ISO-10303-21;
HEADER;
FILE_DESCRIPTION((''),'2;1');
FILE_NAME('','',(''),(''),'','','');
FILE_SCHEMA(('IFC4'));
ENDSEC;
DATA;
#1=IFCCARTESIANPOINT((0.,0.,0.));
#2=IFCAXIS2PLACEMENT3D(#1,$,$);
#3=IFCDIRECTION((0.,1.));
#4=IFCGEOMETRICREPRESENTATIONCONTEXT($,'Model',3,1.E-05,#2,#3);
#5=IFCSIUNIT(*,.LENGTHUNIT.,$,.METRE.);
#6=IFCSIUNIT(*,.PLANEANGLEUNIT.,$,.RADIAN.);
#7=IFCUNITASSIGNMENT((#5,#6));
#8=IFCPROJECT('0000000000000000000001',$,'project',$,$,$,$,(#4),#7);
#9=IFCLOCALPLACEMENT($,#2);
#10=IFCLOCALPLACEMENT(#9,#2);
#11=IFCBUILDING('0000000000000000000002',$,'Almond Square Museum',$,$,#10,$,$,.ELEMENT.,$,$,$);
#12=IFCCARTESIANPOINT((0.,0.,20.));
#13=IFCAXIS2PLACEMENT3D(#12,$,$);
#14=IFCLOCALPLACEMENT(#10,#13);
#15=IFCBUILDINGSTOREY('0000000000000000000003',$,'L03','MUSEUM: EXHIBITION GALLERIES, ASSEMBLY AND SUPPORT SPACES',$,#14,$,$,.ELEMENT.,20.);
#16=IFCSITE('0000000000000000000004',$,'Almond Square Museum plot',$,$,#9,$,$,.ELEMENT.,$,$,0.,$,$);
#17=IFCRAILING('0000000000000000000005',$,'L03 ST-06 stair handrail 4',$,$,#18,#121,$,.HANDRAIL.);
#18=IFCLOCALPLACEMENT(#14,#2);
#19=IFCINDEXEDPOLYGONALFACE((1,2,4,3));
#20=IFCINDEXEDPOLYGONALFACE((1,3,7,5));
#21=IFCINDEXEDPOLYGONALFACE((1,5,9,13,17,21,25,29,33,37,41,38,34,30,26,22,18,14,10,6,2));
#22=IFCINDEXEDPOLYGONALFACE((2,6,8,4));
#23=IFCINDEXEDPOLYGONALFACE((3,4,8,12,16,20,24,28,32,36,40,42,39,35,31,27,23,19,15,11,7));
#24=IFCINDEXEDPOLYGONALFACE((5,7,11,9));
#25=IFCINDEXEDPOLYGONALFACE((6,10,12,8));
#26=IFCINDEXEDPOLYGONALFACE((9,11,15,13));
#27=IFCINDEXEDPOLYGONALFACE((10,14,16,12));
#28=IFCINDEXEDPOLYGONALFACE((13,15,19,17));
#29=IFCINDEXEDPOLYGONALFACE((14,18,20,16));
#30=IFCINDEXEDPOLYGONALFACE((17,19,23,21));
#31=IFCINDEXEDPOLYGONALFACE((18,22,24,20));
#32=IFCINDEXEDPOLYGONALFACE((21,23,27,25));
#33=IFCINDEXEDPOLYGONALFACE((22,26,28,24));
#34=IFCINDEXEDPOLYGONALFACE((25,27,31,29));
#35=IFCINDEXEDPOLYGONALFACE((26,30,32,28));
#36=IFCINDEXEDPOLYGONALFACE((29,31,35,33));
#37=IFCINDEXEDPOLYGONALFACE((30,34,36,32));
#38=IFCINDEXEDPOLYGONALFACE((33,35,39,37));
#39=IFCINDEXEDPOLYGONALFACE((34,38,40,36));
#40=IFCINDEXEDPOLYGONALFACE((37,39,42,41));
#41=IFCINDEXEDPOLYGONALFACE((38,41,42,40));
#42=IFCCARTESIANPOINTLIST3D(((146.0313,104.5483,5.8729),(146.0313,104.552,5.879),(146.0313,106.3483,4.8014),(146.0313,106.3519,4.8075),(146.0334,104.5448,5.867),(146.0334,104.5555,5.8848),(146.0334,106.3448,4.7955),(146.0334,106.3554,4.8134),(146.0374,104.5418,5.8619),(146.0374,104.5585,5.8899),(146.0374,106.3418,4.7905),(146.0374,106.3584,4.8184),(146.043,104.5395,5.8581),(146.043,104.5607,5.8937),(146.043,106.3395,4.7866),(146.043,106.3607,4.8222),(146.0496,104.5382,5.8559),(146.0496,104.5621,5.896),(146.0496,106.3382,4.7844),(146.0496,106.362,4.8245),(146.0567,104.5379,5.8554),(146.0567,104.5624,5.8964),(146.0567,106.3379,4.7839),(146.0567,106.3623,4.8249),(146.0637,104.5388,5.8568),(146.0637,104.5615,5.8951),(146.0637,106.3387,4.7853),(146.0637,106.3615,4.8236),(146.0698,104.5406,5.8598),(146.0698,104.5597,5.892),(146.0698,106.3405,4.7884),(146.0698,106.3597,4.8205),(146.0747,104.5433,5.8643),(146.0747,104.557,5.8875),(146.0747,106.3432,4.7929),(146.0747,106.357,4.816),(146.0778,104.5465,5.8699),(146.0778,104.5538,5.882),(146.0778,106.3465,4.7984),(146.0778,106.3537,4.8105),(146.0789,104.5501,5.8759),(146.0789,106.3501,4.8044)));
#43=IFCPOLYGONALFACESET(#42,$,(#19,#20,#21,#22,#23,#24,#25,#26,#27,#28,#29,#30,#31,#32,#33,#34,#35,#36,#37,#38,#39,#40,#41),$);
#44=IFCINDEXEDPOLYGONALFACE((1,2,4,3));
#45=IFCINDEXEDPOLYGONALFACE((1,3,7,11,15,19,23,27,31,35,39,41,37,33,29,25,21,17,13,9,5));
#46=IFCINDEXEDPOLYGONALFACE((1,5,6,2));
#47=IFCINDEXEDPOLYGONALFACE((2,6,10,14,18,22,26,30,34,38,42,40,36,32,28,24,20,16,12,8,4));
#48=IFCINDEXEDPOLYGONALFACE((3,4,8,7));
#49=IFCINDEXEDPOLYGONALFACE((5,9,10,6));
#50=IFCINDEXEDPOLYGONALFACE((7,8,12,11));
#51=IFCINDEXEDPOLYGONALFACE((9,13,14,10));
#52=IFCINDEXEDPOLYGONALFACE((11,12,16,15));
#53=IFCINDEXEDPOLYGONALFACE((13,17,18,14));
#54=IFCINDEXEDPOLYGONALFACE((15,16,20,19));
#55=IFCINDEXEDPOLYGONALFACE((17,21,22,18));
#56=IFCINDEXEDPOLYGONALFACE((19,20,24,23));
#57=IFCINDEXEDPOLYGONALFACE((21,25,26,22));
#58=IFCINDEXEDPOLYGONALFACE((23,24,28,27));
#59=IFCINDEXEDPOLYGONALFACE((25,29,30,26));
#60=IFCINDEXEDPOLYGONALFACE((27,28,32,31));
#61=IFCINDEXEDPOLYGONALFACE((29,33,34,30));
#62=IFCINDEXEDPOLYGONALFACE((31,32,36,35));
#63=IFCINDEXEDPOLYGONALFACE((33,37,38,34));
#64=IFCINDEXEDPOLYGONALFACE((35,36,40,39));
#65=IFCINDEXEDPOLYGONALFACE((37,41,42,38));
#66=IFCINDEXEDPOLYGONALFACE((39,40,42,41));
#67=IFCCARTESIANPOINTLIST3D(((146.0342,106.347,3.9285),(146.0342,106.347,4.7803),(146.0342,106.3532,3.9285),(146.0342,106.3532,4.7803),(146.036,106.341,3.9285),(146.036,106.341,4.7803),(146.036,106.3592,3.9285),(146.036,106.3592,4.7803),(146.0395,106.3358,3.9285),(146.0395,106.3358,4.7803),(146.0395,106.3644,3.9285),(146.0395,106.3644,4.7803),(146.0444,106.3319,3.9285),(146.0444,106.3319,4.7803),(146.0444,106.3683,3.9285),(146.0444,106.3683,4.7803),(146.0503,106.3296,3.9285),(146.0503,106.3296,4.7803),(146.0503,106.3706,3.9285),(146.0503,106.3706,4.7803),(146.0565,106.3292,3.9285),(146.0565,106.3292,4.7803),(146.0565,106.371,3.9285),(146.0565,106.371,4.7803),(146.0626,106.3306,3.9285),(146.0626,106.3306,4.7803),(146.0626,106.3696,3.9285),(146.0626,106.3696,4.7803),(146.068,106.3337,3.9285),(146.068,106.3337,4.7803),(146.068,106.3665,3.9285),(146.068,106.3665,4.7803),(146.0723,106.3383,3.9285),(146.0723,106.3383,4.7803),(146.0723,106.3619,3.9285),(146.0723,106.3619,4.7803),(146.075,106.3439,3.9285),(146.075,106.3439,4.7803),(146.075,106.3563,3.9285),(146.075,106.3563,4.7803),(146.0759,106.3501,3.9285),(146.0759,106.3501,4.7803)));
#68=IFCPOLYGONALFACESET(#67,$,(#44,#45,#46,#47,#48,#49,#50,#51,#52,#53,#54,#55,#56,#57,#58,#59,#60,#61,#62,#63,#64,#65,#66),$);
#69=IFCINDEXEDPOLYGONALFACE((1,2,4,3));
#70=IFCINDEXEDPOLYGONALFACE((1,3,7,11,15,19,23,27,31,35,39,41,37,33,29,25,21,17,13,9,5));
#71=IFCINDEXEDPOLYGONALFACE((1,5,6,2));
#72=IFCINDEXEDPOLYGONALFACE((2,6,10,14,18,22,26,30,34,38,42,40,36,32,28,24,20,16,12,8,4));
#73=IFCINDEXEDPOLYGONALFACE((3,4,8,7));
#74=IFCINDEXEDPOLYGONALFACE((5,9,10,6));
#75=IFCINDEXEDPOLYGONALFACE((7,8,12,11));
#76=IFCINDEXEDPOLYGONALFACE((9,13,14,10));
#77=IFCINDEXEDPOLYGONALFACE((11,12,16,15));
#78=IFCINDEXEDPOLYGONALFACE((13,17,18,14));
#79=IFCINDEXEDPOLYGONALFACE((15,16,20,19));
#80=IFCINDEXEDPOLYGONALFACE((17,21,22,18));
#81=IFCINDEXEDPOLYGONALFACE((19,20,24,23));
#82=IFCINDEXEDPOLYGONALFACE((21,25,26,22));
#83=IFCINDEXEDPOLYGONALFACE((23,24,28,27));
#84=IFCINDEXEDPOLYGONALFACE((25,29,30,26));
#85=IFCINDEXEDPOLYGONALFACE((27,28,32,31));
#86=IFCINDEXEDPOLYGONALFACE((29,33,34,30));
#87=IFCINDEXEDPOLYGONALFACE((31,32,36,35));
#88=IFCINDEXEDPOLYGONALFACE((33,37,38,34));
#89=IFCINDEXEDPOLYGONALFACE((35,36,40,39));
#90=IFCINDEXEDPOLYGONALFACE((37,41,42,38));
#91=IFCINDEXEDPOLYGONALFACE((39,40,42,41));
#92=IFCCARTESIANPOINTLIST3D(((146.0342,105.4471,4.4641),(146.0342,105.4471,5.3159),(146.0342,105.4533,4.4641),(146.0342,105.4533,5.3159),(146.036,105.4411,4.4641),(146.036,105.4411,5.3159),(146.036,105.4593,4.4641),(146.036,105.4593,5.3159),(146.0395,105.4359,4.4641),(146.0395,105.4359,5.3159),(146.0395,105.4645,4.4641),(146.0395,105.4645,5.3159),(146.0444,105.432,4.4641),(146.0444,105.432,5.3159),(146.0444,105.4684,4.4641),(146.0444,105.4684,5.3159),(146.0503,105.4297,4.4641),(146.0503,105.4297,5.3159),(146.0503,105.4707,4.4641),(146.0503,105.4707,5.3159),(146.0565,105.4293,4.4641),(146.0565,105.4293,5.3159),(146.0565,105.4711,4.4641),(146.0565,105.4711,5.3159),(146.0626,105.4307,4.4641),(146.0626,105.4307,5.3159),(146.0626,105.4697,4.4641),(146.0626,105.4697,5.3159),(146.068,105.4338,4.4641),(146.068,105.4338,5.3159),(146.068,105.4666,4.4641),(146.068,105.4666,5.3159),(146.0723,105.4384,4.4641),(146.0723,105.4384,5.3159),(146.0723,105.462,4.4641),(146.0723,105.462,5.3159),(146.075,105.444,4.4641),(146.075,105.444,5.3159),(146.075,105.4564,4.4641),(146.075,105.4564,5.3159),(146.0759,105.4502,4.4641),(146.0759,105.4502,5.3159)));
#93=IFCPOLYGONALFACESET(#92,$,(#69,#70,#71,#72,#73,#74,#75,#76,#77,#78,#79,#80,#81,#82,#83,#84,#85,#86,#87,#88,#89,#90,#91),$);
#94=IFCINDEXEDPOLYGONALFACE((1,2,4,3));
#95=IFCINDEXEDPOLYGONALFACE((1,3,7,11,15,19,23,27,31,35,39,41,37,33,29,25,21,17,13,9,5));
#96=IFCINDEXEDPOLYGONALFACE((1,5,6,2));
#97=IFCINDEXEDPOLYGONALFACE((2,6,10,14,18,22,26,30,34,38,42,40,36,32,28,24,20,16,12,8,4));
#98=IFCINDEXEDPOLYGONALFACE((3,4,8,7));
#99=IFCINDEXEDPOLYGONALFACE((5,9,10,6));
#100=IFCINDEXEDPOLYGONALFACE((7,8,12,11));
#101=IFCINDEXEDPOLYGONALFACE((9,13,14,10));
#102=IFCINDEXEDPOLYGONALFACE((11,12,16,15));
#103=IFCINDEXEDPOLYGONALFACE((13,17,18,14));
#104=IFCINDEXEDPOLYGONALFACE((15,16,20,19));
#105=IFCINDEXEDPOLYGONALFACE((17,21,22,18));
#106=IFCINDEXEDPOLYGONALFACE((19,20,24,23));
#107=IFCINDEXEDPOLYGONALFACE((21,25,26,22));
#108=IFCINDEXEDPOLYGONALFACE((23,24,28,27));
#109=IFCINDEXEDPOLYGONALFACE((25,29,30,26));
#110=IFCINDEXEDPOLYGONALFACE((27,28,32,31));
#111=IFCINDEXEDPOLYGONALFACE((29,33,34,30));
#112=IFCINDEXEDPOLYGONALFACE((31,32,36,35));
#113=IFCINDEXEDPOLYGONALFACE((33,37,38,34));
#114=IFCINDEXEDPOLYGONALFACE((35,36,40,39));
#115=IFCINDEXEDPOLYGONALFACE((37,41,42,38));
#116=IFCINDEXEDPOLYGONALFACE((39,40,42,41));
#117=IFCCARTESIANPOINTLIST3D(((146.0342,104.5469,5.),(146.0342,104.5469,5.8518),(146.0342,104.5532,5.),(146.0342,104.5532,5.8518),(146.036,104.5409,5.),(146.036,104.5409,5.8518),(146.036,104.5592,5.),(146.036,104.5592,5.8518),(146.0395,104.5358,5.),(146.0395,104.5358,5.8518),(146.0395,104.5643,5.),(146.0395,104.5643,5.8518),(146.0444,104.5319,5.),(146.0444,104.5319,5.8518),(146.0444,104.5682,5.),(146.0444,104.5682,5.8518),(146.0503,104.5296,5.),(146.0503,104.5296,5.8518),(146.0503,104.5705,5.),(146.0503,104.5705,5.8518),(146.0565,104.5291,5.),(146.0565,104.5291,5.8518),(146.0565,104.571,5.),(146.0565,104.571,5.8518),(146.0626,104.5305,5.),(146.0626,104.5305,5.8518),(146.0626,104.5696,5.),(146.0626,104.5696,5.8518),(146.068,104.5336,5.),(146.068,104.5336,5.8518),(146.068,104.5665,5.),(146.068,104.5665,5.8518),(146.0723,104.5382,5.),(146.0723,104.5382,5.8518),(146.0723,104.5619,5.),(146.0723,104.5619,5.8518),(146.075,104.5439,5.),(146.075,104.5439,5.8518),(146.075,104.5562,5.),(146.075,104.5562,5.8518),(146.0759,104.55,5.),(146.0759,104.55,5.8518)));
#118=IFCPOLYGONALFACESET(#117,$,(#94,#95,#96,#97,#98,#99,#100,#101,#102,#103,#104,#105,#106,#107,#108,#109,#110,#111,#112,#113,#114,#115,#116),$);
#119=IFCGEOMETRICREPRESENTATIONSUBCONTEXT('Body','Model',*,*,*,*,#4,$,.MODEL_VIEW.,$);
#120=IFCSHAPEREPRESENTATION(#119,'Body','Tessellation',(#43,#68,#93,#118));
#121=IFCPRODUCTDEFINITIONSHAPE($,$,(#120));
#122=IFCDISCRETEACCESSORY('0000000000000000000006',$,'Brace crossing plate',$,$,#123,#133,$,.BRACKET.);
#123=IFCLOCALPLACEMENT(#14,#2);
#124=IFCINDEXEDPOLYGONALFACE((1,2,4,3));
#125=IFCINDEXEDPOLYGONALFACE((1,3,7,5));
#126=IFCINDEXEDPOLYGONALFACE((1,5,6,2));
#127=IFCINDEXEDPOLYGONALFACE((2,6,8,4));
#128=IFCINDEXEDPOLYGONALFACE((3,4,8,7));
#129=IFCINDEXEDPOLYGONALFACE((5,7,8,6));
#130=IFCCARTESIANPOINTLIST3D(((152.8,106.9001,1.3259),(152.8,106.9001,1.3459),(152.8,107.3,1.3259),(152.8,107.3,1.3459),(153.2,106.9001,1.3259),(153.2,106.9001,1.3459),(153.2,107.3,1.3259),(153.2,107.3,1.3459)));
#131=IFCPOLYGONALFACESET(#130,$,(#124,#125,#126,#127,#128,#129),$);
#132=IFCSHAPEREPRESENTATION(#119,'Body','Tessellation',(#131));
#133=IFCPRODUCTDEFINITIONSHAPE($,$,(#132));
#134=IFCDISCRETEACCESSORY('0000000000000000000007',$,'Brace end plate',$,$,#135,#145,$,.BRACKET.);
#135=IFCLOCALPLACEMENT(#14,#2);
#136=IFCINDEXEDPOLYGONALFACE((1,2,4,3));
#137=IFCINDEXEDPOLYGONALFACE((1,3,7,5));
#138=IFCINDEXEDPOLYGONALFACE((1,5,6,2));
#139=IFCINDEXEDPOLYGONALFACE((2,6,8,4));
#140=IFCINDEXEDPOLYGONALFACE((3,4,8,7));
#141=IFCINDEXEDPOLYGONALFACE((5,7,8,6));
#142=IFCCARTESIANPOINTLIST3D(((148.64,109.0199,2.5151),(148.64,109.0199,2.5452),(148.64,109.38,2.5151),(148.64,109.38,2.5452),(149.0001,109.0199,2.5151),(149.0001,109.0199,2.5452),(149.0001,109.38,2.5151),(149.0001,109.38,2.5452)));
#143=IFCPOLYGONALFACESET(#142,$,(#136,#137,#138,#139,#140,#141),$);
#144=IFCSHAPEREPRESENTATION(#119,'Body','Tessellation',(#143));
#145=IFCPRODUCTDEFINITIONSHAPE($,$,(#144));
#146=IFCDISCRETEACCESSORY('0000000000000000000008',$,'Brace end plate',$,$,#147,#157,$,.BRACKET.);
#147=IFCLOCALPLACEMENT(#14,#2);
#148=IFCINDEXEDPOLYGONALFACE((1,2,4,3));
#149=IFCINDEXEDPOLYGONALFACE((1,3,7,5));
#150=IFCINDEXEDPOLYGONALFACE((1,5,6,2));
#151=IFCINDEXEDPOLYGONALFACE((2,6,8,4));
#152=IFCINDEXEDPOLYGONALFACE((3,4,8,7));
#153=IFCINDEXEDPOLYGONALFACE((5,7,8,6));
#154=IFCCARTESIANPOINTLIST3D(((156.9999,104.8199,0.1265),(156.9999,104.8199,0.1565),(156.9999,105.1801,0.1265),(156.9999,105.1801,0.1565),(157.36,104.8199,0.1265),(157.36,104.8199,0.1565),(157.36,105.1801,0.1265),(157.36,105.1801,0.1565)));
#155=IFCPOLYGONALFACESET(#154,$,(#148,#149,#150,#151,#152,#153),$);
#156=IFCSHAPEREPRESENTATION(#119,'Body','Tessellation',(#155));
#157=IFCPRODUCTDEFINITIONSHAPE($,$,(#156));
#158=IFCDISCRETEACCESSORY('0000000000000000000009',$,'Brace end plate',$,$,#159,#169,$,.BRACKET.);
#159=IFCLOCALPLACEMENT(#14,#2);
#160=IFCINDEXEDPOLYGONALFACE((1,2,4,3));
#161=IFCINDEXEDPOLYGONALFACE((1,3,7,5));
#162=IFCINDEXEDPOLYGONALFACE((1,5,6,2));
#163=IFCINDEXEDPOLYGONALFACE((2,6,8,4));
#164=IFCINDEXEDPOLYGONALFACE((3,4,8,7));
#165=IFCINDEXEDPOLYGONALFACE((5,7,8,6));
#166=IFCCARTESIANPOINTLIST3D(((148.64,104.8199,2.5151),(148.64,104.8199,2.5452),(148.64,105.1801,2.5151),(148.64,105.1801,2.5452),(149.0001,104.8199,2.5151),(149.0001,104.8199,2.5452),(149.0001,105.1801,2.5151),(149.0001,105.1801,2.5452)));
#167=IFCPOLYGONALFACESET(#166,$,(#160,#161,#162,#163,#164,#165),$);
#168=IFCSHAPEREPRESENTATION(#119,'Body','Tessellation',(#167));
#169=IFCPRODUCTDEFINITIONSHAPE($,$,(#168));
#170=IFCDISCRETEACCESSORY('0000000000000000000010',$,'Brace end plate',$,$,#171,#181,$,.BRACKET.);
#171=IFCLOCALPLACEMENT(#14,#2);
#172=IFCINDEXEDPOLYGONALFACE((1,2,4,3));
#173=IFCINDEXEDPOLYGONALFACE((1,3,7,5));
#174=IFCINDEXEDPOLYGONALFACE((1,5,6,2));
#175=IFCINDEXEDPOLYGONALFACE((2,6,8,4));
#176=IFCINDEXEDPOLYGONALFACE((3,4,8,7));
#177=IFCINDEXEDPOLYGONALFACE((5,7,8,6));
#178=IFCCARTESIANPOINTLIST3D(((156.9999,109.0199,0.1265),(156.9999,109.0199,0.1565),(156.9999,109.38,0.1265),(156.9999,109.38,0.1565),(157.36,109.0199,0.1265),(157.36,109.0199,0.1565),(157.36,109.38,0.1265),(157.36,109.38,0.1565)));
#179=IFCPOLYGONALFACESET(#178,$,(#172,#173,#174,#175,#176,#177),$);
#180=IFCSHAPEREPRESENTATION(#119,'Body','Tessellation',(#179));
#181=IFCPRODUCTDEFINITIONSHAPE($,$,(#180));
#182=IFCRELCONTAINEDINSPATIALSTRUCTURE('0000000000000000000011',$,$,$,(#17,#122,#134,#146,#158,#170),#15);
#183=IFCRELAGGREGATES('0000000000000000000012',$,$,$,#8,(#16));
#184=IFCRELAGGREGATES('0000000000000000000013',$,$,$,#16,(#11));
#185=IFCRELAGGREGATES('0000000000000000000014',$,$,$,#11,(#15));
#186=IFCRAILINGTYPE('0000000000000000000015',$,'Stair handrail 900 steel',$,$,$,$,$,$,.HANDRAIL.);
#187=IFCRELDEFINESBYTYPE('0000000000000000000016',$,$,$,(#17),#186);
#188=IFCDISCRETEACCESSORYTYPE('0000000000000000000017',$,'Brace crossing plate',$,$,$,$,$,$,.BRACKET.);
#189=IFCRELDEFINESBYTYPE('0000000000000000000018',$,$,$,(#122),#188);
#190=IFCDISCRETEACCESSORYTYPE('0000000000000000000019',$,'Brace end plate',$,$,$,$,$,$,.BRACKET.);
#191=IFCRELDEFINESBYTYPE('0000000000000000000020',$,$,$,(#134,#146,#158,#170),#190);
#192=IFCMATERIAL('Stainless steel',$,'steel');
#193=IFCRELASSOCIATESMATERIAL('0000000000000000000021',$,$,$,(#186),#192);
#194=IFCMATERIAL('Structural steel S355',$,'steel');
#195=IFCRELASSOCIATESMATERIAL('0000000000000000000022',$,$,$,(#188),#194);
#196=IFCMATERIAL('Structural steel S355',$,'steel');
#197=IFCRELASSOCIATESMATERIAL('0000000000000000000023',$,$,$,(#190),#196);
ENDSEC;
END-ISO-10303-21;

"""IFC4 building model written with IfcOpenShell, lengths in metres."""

from ifc_helpers import new_model, si_unit, direction, frame, origin, origin_2d, place, context, subcontext, project, spatial, rectangle, circle, extrude, material, type_object, element, save


model = new_model("IFC4")

# Units and contexts
model_context = context("Model", 3, precision=1e-05, world=origin(), true_north=direction((0.0, 1.0)))
body_context = subcontext(model_context, "Body", "Model", "MODEL_VIEW")
ifc_project = project(units=[si_unit("LENGTHUNIT", "METRE"), si_unit("PLANEANGLEUNIT", "RADIAN")], contexts=[model_context])

# Site, building, storey
site_placement = place(None, origin())
site = spatial("IfcSite", under=ifc_project, at=site_placement, Name="Almond Square Museum plot", CompositionType="ELEMENT", RefElevation=0.0)
building_placement = place(site_placement, origin())
building = spatial("IfcBuilding", under=site, at=building_placement, Name="Almond Square Museum", CompositionType="ELEMENT")
storey_placement = place(building_placement, frame((0.0, 0.0, 20.0)))
storey = spatial("IfcBuildingStorey", under=building, at=storey_placement, Name="L03", Description="MUSEUM: EXHIBITION GALLERIES, ASSEMBLY AND SUPPORT SPACES", CompositionType="ELEMENT", Elevation=20.0)

# Railing
ifc_material_1 = material(Name="Stainless steel", Category="steel")
railing_type_1 = type_object("IfcRailingType", Name="Stair handrail 900 steel", PredefinedType="HANDRAIL", material=ifc_material_1)
railing_1_placement = place(storey_placement, frame((146.0549, 106.3501, 3.9285)))
element("IfcRailing", 1, at=railing_1_placement, inside=storey, type_object=railing_type_1, Name="L03 ST-06 stair handrail 4", PredefinedType="HANDRAIL", context=body_context, shape_type="SweptSolid", body=[
    extrude(circle(Radius=0.0239, at=origin_2d()), frame((0.0, 0.0, 0.876), z_axis=(0.0, -0.859277, 0.51151), x_axis=(1.0, 0.0, 0.0)), (0.0, 0.0, 1.0), 2.0947),
    extrude(circle(Radius=0.021, at=origin_2d()), origin(), (0.0, 0.0, 1.0), 0.8518),
    extrude(circle(Radius=0.021, at=origin_2d()), frame((0.0, -0.8999, 0.5356)), (0.0, 0.0, 1.0), 0.8518),
    extrude(circle(Radius=0.021, at=origin_2d()), frame((0.0, -1.8, 1.0715)), (0.0, 0.0, 1.0), 0.8518),
])

# Discrete accessories
ifc_material_2 = material(Name="Structural steel S355", Category="steel")
discrete_accessory_type_1 = type_object("IfcDiscreteAccessoryType", Name="Brace crossing plate", PredefinedType="BRACKET", material=ifc_material_2)
discrete_accessory_placement = place(storey_placement, frame((153.0, 107.1001, 1.3259), z_axis=(0.0, 0.0, 1.0), x_axis=(1.0, 0.0, 0.0)))
element("IfcDiscreteAccessory", 2, at=discrete_accessory_placement, inside=storey, type_object=discrete_accessory_type_1, Name="Brace crossing plate", PredefinedType="BRACKET", context=body_context, shape_type="SweptSolid", body=[
    extrude(rectangle(XDim=0.3999, YDim=0.3999, at=origin_2d()), origin(), (0.0, 0.0, 1.0), 0.02),
])
ifc_material_3 = material(Name="Structural steel S355", Category="steel")
discrete_accessory_type_2 = type_object("IfcDiscreteAccessoryType", Name="Brace end plate", PredefinedType="BRACKET", material=ifc_material_3)
for number, where, z_axis, x_axis, name in (
    (3, (148.8201, 109.2, 2.5151), (0.0, 0.0, 1.0), (1.0, 0.0, 0.0), "Brace end plate"),
    (4, (157.1799, 105.0, 0.1265), (0.0, 0.0, 1.0), (1.0, 0.0, 0.0), "Brace end plate"),
    (5, (148.8201, 105.0, 2.5151), (0.0, 0.0, 1.0), (1.0, 0.0, 0.0), "Brace end plate"),
    (6, (157.1799, 109.2, 0.1265), (0.0, 0.0, 1.0), (1.0, 0.0, 0.0), "Brace end plate"),
):
    element("IfcDiscreteAccessory", number, at=place(storey_placement, frame(where, z_axis=z_axis, x_axis=x_axis)), inside=storey, type_object=discrete_accessory_type_2, Name=name, PredefinedType="BRACKET", context=body_context, shape_type="SweptSolid", body=[
        extrude(rectangle(XDim=0.3601, YDim=0.3601, at=origin_2d()), origin(), (0.0, 0.0, 1.0), 0.03),
    ])

save(model, "model.ifc")
